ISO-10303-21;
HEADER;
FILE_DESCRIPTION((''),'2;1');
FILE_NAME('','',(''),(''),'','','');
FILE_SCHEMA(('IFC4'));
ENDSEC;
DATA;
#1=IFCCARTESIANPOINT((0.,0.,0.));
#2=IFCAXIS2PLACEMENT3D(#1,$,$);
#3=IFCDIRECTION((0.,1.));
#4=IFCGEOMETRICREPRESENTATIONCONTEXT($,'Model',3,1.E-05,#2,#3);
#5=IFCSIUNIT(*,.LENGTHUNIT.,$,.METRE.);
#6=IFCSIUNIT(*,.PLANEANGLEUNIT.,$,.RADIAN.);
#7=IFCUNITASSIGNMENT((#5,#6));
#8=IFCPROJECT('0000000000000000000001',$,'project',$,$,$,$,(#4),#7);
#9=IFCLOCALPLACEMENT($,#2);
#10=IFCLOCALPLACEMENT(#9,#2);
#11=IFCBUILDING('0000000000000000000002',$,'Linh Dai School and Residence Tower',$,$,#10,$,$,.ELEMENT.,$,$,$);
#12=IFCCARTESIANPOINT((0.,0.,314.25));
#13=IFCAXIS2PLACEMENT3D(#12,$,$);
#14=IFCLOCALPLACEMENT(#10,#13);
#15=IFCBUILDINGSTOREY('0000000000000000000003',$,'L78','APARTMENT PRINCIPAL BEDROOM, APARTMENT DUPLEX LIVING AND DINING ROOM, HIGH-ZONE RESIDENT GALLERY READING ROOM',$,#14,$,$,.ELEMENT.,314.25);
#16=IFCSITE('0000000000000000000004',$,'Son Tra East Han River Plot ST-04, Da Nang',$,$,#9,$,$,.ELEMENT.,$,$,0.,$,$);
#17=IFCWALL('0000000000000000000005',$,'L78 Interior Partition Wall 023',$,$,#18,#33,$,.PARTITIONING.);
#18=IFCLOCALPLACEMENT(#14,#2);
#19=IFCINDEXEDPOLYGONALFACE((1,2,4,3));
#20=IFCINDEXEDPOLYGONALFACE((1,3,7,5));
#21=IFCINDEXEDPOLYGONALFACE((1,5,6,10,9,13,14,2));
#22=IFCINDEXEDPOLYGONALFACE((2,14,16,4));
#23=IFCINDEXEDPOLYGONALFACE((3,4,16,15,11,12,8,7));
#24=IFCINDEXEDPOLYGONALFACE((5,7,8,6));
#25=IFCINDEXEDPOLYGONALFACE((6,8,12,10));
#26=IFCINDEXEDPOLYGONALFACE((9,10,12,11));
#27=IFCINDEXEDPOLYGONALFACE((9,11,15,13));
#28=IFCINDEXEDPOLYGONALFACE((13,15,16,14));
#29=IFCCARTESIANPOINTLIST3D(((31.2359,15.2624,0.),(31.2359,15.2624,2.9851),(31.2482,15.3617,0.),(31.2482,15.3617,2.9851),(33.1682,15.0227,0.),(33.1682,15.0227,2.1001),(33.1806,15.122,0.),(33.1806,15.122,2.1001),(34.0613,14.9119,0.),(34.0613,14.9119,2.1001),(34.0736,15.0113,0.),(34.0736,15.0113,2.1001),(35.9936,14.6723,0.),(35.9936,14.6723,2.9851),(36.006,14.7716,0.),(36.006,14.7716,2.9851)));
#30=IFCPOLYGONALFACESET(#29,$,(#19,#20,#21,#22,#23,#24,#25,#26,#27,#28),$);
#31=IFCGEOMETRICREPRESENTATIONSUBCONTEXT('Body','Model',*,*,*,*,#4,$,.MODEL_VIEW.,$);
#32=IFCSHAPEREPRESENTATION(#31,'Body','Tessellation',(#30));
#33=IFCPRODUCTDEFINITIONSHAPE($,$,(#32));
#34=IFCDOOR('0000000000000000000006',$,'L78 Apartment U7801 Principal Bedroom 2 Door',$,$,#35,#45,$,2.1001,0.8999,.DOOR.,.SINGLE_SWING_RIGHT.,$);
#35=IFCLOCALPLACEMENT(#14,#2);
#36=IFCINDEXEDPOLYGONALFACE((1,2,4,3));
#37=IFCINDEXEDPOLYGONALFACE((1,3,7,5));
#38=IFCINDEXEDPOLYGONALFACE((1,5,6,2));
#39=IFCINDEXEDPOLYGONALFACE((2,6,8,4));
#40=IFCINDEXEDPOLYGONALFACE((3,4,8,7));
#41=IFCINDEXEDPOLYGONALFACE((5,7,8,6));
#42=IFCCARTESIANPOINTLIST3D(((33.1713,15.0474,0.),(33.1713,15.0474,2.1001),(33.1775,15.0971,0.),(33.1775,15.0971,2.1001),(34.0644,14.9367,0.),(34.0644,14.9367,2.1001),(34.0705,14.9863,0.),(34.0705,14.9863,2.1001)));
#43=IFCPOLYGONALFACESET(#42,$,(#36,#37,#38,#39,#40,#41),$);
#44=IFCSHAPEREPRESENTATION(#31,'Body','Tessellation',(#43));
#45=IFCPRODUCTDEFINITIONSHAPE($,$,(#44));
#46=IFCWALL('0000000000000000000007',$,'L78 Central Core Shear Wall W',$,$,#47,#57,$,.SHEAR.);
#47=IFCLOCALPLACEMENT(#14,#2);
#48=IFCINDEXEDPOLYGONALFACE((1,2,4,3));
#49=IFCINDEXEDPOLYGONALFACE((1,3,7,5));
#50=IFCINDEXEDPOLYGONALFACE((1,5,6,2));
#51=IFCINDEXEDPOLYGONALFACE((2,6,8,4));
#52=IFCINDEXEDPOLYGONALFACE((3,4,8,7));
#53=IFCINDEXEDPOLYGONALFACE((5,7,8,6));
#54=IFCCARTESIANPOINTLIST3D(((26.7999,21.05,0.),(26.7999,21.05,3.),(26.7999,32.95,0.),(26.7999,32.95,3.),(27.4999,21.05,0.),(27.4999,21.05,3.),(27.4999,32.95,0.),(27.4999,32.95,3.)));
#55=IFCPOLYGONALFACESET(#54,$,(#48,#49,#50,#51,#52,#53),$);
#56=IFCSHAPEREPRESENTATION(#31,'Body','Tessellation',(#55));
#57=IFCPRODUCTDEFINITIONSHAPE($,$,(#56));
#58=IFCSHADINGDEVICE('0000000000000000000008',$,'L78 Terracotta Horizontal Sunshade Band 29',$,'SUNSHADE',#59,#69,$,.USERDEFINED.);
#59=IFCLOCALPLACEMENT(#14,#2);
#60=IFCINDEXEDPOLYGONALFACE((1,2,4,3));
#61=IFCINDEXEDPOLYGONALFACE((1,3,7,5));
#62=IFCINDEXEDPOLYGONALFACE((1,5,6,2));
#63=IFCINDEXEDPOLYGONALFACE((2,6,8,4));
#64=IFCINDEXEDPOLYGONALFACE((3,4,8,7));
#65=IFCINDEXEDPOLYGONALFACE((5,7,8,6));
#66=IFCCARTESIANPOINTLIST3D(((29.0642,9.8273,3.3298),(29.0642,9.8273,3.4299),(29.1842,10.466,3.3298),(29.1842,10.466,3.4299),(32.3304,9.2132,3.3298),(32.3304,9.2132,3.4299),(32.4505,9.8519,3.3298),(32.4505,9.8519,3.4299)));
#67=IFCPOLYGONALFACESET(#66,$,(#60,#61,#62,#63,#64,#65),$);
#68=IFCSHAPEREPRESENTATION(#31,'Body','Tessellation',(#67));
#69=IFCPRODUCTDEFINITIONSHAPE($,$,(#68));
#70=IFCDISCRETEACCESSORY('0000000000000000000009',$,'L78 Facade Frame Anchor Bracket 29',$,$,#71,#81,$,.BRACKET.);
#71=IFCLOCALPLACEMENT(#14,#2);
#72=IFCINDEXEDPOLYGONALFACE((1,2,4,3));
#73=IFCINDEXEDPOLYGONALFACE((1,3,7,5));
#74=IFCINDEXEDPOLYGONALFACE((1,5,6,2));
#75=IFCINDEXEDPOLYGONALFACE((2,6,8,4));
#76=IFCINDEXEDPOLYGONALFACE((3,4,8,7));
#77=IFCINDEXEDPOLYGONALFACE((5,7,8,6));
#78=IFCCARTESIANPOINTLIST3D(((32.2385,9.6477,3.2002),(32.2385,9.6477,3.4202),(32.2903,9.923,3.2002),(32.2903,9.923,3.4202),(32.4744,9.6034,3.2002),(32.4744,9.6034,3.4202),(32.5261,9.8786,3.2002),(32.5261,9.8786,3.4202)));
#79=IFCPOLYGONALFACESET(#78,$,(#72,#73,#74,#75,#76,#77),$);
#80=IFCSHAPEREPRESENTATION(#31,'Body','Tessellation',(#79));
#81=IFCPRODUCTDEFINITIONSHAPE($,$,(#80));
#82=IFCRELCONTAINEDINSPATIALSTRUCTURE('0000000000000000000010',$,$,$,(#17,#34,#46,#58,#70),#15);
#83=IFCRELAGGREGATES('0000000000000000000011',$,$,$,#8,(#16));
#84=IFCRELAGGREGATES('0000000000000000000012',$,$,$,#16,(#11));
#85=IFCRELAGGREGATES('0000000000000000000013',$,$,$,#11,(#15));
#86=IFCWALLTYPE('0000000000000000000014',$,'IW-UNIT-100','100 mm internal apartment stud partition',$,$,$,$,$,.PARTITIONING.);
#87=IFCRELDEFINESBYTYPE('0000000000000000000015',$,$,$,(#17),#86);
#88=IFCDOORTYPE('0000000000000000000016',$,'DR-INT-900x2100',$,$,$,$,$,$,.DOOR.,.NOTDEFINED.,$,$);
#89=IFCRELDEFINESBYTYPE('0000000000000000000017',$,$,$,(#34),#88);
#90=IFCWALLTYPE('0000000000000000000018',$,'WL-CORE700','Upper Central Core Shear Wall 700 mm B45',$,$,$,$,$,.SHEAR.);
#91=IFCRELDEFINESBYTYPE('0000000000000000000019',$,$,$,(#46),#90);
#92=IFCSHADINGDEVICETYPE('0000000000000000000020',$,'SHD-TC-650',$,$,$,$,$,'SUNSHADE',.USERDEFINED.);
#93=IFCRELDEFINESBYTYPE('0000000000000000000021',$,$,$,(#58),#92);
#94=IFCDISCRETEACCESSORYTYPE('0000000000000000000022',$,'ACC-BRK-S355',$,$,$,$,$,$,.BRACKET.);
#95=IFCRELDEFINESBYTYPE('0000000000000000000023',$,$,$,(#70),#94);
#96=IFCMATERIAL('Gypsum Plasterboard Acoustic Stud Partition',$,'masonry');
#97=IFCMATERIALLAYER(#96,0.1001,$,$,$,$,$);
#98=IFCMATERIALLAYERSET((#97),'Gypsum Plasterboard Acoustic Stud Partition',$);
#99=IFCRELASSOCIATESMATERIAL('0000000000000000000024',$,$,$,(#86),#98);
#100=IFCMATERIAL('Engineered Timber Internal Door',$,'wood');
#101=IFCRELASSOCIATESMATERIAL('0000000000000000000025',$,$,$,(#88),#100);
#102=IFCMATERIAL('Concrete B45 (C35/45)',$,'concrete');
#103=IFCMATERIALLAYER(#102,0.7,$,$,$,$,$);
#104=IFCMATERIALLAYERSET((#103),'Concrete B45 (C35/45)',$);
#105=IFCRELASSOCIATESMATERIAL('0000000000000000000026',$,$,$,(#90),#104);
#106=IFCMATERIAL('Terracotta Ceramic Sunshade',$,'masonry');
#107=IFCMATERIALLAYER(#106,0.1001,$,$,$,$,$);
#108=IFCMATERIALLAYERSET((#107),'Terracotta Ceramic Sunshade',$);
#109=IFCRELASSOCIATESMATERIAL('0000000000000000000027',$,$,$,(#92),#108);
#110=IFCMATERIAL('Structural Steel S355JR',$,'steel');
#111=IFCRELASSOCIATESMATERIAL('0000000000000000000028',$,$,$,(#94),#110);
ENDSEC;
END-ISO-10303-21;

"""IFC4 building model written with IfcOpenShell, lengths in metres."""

from ifc_helpers import new_model, si_unit, direction, frame, frame_2d, origin, origin_2d, place, context, subcontext, project, spatial, rectangle, extrude, source, transform, mapped, material, layer, layer_set, type_object, element, fill, save


model = new_model("IFC4")

# Units and contexts
model_context = context("Model", 3, precision=1e-05, world=origin(), true_north=direction((0.0, 1.0)))
body_context = subcontext(model_context, "Body", "Model", "MODEL_VIEW")
ifc_project = project(units=[si_unit("LENGTHUNIT", "METRE"), si_unit("PLANEANGLEUNIT", "RADIAN")], contexts=[model_context])

# Site, building, storey
site_placement = place(None, origin())
site = spatial("IfcSite", under=ifc_project, at=site_placement, Name="Son Tra East Han River Plot ST-04, Da Nang", CompositionType="ELEMENT", RefElevation=0.0)
building_placement = place(site_placement, origin())
building = spatial("IfcBuilding", under=site, at=building_placement, Name="Linh Dai School and Residence Tower", CompositionType="ELEMENT")
storey_placement = place(building_placement, frame((0.0, 0.0, 314.25)))
storey = spatial("IfcBuildingStorey", under=building, at=storey_placement, Name="L78", Description="APARTMENT PRINCIPAL BEDROOM, APARTMENT DUPLEX LIVING AND DINING ROOM, HIGH-ZONE RESIDENT GALLERY READING ROOM", CompositionType="ELEMENT", Elevation=314.25)

# Shared definitions
ifc_material_1 = material(Name="Structural Steel S355JR", Category="steel")

# Shared definitions
ifc_material_2 = material(Name="Concrete B45 (C35/45)", Category="concrete")
ifc_material_3 = material(Name="Gypsum Plasterboard Acoustic Stud Partition", Category="masonry")
ifc_layer_1 = layer(ifc_material_3, 0.1001)
ifc_layer_set_1 = layer_set([ifc_layer_1], Name="Gypsum Plasterboard Acoustic Stud Partition")
wall_type_1 = type_object("IfcWallType", Name="IW-UNIT-100", Description="100 mm internal apartment stud partition", PredefinedType="PARTITIONING", material=ifc_layer_set_1)

# Wall, opening, door
wall_1_placement = place(storey_placement, frame((31.2422, 15.312, 0.0), z_axis=(0.0, 0.0, 1.0), x_axis=(0.992397, -0.123082, 0.0)))
wall_1 = element("IfcWall", 1, at=wall_1_placement, inside=storey, type_object=wall_type_1, Name="L78 Interior Partition Wall 023", PredefinedType="PARTITIONING", context=body_context, shape_type="SweptSolid", body=[
    extrude(rectangle(XDim=4.7942, YDim=0.1001, at=frame_2d((2.397, 0.0))), origin(), (0.0, 0.0, 1.0), 2.9851),
])
opening_1_placement = place(wall_1_placement, frame((1.947, 0.0, 0.0)))
opening_1 = element("IfcOpeningElement", 2, at=opening_1_placement, cuts=wall_1, PredefinedType="OPENING", context=body_context, shape_type="SweptSolid", body=[
    extrude(rectangle(XDim=0.8999, YDim=2.1001, at=origin_2d()), frame((0.45, 0.0601, 1.05), z_axis=(0.0, -1.0, 0.0), x_axis=(1.0, 0.0, 0.0)), (0.0, 0.0, 1.0), 0.1201),
])
ifc_material_4 = material(Name="Engineered Timber Internal Door", Category="wood")
door_type_1 = type_object("IfcDoorType", Name="DR-INT-900x2100", OperationType="NOTDEFINED", PredefinedType="DOOR", material=ifc_material_4)
shared_shape_1 = source(origin(), body_context, "Body", "SweptSolid", [
    extrude(rectangle(XDim=0.8999, YDim=2.1001, at=origin_2d()), frame((0.45, 0.0249, 1.05), z_axis=(0.0, -1.0, 0.0), x_axis=(1.0, 0.0, 0.0)), (0.0, 0.0, 1.0), 0.05),
])
door_1_placement = place(opening_1_placement, origin())
door_1 = element("IfcDoor", 3, at=door_1_placement, inside=storey, type_object=door_type_1, Name="L78 Apartment U7801 Principal Bedroom 2 Door", OperationType="SINGLE_SWING_RIGHT", OverallHeight=2.1001, OverallWidth=0.8999, PredefinedType="DOOR", context=body_context, shape_type="MappedRepresentation", body=[
    mapped(shared_shape_1, transform((0.0, 0.0, 0.0), x_axis=(1.0, 0.0, 0.0), y_axis=(0.0, 1.0, 0.0), z_axis=(0.0, 0.0, 1.0), scale=1.0)),
])
fill(opening_1, door_1)

# Wall
ifc_layer_2 = layer(ifc_material_2, 0.7)
ifc_layer_set_2 = layer_set([ifc_layer_2], Name="Concrete B45 (C35/45)")
wall_type_2 = type_object("IfcWallType", Name="WL-CORE700", Description="Upper Central Core Shear Wall 700 mm B45", PredefinedType="SHEAR", material=ifc_layer_set_2)
wall_2_placement = place(storey_placement, frame((27.1499, 21.05, 0.0), z_axis=(0.0, 0.0, 1.0), x_axis=(0.0, 1.0, 0.0)))
element("IfcWall", 4, at=wall_2_placement, inside=storey, type_object=wall_type_2, Name="L78 Central Core Shear Wall W", PredefinedType="SHEAR", context=body_context, shape_type="SweptSolid", body=[
    extrude(rectangle(XDim=11.8999, YDim=0.7, at=frame_2d((5.95, 0.0))), origin(), (0.0, 0.0, 1.0), 3.0),
])

# Shading device
ifc_material_5 = material(Name="Terracotta Ceramic Sunshade", Category="masonry")
ifc_layer_3 = layer(ifc_material_5, 0.1001)
ifc_layer_set_3 = layer_set([ifc_layer_3], Name="Terracotta Ceramic Sunshade")
shading_device_type = type_object("IfcShadingDeviceType", Name="SHD-TC-650", ElementType="SUNSHADE", PredefinedType="USERDEFINED", material=ifc_layer_set_3)
shared_shape_2 = source(origin(), body_context, "Body", "SweptSolid", [
    extrude(rectangle(XDim=3.3235, YDim=0.6499, at=origin_2d()), origin(), (0.0, 0.0, 1.0), 0.1001),
])
shading_device_placement = place(storey_placement, frame((30.7573, 9.8396, 3.3298), z_axis=(0.0, 0.0, 1.0), x_axis=(-0.982785, 0.184751, 0.0)))
element("IfcShadingDevice", 5, at=shading_device_placement, inside=storey, type_object=shading_device_type, Name="L78 Terracotta Horizontal Sunshade Band 29", ObjectType="SUNSHADE", PredefinedType="USERDEFINED", context=body_context, shape_type="MappedRepresentation", body=[
    mapped(shared_shape_2, transform((0.0, 0.0, 0.0), x_axis=(1.0, 0.0, 0.0), y_axis=(0.0, 1.0, 0.0), z_axis=(0.0, 0.0, 1.0), scale=1.0)),
])

# Discrete accessory
discrete_accessory_type = type_object("IfcDiscreteAccessoryType", Name="ACC-BRK-S355", PredefinedType="BRACKET", material=ifc_material_1)
shared_shape_3 = source(origin(), body_context, "Body", "SweptSolid", [
    extrude(rectangle(XDim=0.28, YDim=0.24, at=origin_2d()), origin(), (0.0, 0.0, 1.0), 0.22),
])
discrete_accessory_placement = place(storey_placement, frame((32.3823, 9.7632, 3.2002), z_axis=(0.0, 0.0, 1.0), x_axis=(-0.184751, -0.982785, 0.0)))
element("IfcDiscreteAccessory", 6, at=discrete_accessory_placement, inside=storey, type_object=discrete_accessory_type, Name="L78 Facade Frame Anchor Bracket 29", PredefinedType="BRACKET", context=body_context, shape_type="MappedRepresentation", body=[
    mapped(shared_shape_3, transform((0.0, 0.0, 0.0), x_axis=(1.0, 0.0, 0.0), y_axis=(0.0, 1.0, 0.0), z_axis=(0.0, 0.0, 1.0), scale=1.0)),
])

save(model, "model.ifc")
